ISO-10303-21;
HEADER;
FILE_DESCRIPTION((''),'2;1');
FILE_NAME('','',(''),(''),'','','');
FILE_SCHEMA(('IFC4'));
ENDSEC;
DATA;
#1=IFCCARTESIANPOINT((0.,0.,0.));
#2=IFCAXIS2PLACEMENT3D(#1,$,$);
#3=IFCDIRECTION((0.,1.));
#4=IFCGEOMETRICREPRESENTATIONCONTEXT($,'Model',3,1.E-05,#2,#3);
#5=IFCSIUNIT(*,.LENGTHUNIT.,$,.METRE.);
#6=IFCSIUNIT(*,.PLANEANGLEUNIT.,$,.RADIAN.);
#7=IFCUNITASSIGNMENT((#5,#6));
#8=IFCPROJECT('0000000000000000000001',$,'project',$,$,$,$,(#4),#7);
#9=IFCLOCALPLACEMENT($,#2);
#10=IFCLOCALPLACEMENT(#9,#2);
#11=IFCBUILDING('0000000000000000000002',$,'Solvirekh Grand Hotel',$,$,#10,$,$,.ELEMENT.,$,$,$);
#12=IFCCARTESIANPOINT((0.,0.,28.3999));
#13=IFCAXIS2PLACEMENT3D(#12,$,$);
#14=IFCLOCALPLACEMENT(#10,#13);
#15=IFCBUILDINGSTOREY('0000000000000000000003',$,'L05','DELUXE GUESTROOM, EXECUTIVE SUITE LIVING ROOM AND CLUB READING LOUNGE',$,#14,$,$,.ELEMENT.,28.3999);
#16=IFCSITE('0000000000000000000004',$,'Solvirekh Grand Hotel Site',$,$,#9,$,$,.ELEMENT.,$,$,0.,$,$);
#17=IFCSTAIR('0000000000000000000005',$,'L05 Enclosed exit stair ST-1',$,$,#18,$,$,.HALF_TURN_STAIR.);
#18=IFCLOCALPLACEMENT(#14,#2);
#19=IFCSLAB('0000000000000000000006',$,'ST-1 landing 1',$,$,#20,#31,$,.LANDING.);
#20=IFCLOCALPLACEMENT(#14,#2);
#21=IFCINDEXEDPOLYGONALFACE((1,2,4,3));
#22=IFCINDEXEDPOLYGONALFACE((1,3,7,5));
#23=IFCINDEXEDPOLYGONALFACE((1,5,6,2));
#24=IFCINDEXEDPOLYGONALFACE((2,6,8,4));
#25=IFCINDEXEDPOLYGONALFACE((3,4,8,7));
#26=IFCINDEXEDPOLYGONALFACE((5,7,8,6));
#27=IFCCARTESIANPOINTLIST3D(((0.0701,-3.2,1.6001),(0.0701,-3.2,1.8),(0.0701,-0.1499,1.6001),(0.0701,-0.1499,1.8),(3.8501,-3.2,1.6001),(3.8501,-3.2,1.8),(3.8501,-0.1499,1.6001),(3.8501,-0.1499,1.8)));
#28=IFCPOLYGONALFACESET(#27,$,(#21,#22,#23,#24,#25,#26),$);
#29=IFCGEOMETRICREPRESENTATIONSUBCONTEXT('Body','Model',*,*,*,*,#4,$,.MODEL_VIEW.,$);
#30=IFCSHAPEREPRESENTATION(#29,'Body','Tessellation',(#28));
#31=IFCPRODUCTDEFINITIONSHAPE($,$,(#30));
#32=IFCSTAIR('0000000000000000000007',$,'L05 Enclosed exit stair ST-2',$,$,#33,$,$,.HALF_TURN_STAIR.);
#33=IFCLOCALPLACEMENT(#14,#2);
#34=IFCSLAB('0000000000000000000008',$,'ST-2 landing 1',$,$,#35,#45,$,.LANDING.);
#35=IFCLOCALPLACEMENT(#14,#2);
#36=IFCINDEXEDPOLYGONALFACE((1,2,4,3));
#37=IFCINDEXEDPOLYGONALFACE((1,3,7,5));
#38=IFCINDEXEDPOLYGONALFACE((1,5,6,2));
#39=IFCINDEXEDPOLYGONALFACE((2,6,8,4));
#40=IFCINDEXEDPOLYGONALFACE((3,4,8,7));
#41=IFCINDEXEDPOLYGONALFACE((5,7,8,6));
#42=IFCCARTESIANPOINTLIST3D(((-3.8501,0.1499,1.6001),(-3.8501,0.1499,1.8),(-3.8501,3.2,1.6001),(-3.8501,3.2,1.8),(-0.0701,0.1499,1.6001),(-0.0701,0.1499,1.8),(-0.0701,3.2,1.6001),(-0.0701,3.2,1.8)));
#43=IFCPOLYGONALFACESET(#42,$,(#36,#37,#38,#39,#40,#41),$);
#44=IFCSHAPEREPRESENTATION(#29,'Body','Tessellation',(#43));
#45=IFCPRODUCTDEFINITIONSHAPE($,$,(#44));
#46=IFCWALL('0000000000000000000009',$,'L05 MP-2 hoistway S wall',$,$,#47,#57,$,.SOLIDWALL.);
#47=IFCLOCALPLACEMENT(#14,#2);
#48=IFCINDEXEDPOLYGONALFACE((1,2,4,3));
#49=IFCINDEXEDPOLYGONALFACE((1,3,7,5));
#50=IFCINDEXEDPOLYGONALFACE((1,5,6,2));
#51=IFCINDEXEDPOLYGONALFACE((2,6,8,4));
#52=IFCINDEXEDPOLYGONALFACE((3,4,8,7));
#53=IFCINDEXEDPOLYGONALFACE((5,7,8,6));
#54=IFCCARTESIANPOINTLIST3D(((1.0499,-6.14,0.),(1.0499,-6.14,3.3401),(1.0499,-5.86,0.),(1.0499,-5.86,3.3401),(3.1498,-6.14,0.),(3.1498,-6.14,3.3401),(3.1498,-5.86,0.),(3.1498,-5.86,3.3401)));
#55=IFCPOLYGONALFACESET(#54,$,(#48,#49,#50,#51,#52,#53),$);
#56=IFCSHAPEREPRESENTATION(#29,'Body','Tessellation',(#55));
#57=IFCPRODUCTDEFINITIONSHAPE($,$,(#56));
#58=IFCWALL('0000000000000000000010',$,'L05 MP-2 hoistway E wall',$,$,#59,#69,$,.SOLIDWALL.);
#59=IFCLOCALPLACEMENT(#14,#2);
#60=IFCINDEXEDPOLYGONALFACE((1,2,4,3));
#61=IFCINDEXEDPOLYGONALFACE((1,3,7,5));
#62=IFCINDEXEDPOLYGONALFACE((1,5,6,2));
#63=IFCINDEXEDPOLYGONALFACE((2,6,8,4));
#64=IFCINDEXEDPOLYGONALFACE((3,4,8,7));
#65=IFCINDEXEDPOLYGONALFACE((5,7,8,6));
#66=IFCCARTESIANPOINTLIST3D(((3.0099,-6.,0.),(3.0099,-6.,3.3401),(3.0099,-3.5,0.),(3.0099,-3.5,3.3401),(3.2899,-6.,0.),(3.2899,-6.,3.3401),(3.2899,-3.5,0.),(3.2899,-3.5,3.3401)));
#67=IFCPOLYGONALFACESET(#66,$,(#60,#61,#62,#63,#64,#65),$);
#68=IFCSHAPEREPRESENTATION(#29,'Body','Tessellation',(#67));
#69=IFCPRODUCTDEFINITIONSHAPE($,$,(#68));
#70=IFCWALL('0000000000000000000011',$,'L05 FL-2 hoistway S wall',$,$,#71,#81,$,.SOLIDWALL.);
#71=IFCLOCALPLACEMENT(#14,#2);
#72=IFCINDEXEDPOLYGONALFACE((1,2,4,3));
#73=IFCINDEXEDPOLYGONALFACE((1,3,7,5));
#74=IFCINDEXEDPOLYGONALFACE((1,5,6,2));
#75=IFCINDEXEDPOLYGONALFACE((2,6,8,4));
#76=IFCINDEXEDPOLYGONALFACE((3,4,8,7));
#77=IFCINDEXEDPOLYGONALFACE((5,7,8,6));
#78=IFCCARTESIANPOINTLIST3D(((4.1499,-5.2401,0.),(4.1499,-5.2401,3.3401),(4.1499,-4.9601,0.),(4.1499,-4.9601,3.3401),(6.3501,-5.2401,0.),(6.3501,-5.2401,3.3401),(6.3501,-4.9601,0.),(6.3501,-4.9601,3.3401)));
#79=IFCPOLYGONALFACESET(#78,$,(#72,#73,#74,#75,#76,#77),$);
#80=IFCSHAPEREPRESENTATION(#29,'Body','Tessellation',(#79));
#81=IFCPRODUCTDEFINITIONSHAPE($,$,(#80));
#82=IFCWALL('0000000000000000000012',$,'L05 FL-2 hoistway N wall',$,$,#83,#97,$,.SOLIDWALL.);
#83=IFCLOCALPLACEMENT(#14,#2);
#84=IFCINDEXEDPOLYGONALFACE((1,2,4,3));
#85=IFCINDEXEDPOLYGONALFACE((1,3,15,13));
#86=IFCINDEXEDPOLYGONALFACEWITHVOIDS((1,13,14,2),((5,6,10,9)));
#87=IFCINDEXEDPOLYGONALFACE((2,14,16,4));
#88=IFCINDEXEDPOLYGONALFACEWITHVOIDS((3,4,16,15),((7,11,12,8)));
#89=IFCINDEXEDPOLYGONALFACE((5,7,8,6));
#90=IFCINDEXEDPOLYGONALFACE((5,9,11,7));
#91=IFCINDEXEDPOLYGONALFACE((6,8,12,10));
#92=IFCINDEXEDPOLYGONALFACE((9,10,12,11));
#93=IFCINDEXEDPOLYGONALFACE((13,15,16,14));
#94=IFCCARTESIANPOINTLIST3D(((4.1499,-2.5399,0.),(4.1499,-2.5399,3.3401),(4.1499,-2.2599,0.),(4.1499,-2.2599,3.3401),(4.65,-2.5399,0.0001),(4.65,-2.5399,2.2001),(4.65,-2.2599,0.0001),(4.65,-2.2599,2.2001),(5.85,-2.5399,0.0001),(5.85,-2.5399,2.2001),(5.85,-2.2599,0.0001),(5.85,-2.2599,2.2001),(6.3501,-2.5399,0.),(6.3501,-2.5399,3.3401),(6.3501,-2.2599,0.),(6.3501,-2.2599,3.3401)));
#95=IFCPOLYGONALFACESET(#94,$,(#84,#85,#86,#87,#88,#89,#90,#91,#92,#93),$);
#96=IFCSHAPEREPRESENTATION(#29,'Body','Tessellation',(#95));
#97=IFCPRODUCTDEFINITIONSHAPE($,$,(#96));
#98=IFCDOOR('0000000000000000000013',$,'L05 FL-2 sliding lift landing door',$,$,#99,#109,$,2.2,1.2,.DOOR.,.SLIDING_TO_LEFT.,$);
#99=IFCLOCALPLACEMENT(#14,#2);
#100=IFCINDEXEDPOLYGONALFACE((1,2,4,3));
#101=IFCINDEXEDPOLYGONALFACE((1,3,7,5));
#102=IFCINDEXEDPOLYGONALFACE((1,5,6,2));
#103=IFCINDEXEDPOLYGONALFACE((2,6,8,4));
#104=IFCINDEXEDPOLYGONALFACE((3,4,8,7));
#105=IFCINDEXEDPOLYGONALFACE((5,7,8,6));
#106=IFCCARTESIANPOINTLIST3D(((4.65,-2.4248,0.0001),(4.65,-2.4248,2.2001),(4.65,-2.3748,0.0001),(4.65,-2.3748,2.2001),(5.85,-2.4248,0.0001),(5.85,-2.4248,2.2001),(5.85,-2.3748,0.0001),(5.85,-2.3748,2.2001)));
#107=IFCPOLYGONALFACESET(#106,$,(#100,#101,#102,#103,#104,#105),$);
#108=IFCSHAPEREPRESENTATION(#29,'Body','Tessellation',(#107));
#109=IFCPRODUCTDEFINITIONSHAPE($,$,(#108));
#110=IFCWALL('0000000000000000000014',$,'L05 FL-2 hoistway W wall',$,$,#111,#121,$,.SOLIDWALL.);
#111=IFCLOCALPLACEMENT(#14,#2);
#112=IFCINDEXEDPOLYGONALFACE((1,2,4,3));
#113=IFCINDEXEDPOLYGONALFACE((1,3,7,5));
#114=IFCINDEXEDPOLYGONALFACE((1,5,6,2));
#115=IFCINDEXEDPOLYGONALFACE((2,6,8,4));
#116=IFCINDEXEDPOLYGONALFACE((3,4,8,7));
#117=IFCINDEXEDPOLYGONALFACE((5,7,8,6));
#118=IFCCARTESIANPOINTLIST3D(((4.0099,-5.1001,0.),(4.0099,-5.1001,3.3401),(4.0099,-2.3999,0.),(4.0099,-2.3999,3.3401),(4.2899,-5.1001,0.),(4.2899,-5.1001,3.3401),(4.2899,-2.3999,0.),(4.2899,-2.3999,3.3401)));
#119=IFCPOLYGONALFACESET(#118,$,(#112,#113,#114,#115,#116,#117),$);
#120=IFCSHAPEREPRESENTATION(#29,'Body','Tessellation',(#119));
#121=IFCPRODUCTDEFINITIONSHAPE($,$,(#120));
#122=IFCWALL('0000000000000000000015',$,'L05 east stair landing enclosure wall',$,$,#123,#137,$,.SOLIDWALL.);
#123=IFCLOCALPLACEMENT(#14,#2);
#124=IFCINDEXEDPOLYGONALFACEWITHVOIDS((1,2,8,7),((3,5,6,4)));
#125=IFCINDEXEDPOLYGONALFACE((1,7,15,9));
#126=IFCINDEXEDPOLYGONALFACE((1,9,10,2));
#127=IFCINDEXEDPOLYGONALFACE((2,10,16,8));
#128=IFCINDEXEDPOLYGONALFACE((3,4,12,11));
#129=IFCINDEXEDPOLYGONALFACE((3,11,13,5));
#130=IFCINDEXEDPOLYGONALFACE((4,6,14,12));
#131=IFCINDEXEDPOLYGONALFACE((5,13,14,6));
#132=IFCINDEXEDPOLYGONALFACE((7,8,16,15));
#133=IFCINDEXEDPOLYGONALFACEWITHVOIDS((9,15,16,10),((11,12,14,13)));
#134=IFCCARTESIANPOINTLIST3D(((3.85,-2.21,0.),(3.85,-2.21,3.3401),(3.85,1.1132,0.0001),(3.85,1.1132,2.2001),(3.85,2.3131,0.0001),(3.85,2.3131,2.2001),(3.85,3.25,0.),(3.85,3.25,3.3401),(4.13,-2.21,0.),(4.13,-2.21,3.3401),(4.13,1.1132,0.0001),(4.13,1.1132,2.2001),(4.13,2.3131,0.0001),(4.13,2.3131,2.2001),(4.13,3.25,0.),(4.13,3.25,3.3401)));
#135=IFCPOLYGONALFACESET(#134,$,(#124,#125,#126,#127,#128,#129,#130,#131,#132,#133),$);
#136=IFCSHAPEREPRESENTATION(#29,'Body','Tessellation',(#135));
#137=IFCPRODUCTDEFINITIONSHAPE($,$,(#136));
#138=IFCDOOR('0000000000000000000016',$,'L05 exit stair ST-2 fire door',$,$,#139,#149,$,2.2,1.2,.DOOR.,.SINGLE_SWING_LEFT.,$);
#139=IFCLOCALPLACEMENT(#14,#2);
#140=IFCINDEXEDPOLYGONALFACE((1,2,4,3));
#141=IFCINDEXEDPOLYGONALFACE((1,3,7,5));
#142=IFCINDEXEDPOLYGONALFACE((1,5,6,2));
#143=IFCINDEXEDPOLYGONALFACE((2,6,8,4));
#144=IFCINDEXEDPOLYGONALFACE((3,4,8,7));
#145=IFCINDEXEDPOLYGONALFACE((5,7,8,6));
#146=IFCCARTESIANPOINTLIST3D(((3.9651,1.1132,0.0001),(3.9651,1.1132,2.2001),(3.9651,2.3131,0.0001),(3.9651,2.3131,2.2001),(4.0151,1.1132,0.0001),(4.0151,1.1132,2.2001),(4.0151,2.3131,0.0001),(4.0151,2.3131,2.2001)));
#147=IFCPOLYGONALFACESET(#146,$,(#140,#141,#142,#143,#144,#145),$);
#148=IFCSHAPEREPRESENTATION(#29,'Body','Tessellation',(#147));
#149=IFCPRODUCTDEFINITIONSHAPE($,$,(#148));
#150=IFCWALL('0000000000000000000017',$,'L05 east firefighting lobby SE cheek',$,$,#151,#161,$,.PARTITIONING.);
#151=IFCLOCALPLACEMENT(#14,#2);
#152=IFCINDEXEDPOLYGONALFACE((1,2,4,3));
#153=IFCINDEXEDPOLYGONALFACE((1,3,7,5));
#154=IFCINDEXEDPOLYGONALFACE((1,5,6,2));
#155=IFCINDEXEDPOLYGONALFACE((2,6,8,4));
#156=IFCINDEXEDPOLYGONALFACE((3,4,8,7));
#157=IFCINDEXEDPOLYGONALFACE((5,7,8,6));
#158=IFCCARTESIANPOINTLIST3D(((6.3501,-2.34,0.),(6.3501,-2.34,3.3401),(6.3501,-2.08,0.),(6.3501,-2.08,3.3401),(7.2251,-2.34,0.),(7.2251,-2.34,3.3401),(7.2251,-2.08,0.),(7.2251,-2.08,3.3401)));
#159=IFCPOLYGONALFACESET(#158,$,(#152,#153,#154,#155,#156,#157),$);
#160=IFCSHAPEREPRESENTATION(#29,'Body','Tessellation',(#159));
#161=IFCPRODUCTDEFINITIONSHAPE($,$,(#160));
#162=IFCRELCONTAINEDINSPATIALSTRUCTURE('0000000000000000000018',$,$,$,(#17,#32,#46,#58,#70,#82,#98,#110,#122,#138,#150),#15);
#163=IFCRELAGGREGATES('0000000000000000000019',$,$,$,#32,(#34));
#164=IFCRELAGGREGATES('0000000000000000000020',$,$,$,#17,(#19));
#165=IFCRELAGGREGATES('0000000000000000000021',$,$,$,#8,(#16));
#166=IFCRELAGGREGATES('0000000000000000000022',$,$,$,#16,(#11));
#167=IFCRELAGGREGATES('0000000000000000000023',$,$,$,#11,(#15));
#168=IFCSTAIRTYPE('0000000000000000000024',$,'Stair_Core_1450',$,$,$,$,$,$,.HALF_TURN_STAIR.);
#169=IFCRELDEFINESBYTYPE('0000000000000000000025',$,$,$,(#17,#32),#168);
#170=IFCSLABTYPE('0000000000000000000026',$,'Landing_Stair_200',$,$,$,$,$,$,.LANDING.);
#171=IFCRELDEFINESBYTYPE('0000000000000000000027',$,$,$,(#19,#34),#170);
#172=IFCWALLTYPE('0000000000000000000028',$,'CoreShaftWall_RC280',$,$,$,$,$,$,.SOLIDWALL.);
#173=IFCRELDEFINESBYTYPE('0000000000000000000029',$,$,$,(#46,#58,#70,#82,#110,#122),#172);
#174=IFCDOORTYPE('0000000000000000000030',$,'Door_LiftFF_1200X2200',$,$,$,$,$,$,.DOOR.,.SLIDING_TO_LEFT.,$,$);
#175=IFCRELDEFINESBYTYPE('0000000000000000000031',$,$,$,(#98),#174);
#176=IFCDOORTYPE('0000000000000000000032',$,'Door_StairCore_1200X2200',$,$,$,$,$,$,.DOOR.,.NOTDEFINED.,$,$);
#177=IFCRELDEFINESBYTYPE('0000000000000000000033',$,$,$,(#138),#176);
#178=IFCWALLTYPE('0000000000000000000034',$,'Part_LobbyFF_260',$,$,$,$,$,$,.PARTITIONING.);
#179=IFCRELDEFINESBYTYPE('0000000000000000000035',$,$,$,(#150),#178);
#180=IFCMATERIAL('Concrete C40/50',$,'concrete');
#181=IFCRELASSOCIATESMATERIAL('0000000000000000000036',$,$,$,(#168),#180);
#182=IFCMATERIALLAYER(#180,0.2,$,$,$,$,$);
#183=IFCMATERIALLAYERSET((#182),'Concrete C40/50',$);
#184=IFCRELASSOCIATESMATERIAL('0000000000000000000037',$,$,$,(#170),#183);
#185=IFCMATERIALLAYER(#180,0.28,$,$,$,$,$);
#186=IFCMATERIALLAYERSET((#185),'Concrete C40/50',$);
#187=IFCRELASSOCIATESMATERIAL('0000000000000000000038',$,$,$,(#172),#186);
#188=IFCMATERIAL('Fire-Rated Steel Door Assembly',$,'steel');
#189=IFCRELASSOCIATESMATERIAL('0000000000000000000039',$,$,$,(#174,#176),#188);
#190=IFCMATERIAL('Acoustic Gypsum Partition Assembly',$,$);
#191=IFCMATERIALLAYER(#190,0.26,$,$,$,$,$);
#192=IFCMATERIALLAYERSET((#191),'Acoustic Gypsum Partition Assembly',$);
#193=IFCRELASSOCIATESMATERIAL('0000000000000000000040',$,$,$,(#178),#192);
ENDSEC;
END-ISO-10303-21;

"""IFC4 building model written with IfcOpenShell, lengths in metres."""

from ifc_helpers import new_model, si_unit, direction, frame, frame_2d, origin, place, context, subcontext, project, spatial, polyline, rectangle, outline, extrude, material, layer, layer_set, type_object, element, fill, aggregate, save


model = new_model("IFC4")

# Units and contexts
model_context = context("Model", 3, precision=1e-05, world=origin(), true_north=direction((0.0, 1.0)))
body_context = subcontext(model_context, "Body", "Model", "MODEL_VIEW")
ifc_project = project(units=[si_unit("LENGTHUNIT", "METRE"), si_unit("PLANEANGLEUNIT", "RADIAN")], contexts=[model_context])

# Site, building, storey
site_placement = place(None, origin())
site = spatial("IfcSite", under=ifc_project, at=site_placement, Name="Solvirekh Grand Hotel Site", CompositionType="ELEMENT", RefElevation=0.0)
building_placement = place(site_placement, origin())
building = spatial("IfcBuilding", under=site, at=building_placement, Name="Solvirekh Grand Hotel", CompositionType="ELEMENT")
storey_placement = place(building_placement, frame((0.0, 0.0, 28.3999)))
storey = spatial("IfcBuildingStorey", under=building, at=storey_placement, Name="L05", Description="DELUXE GUESTROOM, EXECUTIVE SUITE LIVING ROOM AND CLUB READING LOUNGE", CompositionType="ELEMENT", Elevation=28.3999)

# Stairs, slabs
ifc_material_1 = material(Name="Concrete C40/50", Category="concrete")
stair_type = type_object("IfcStairType", Name="Stair_Core_1450", PredefinedType="HALF_TURN_STAIR", material=ifc_material_1)
stair_1_placement = place(storey_placement, origin())
stair_1 = element("IfcStair", 1, at=stair_1_placement, inside=storey, type_object=stair_type, Name="L05 Enclosed exit stair ST-1", PredefinedType="HALF_TURN_STAIR")
ifc_layer_1 = layer(ifc_material_1, 0.2)
ifc_layer_set_1 = layer_set([ifc_layer_1], Name="Concrete C40/50")
slab_type = type_object("IfcSlabType", Name="Landing_Stair_200", PredefinedType="LANDING", material=ifc_layer_set_1)
slab_1_placement = place(storey_placement, frame((0.0, 0.0, 1.6001)))
slab_1 = element("IfcSlab", 2, at=slab_1_placement, type_object=slab_type, Name="ST-1 landing 1", PredefinedType="LANDING", context=body_context, shape_type="SweptSolid", body=[
    extrude(outline(polyline([(0.0701, -3.2), (3.8501, -3.2), (3.8501, -0.1499), (0.0701, -0.1499), (0.0701, -3.2)])), origin(), (0.0, 0.0, 1.0), 0.2),
])
stair_2_placement = place(storey_placement, origin())
stair_2 = element("IfcStair", 3, at=stair_2_placement, inside=storey, type_object=stair_type, Name="L05 Enclosed exit stair ST-2", PredefinedType="HALF_TURN_STAIR")
slab_2_placement = place(storey_placement, frame((0.0, 0.0, 1.6001)))
slab_2 = element("IfcSlab", 4, at=slab_2_placement, type_object=slab_type, Name="ST-2 landing 1", PredefinedType="LANDING", context=body_context, shape_type="SweptSolid", body=[
    extrude(outline(polyline([(-0.0701, 3.2), (-3.8501, 3.2), (-3.8501, 0.1499), (-0.0701, 0.1499), (-0.0701, 3.2)])), origin(), (0.0, 0.0, 1.0), 0.2),
])
aggregate(stair_2, [slab_2])

# Walls
ifc_layer_2 = layer(ifc_material_1, 0.28)
ifc_layer_set_2 = layer_set([ifc_layer_2], Name="Concrete C40/50")
wall_type_1 = type_object("IfcWallType", Name="CoreShaftWall_RC280", PredefinedType="SOLIDWALL", material=ifc_layer_set_2)
wall_1_placement = place(storey_placement, frame((1.05, -6.0, 0.0), z_axis=(0.0, 0.0, 1.0), x_axis=(1.0, 0.0, 0.0)))
element("IfcWall", 5, at=wall_1_placement, inside=storey, type_object=wall_type_1, Name="L05 MP-2 hoistway S wall", PredefinedType="SOLIDWALL", context=body_context, shape_type="SweptSolid", body=[
    extrude(rectangle(XDim=2.0999, YDim=0.28, at=frame_2d((1.0498, 0.0))), origin(), (0.0, 0.0, 1.0), 3.3401),
])
wall_2_placement = place(storey_placement, frame((3.1499, -6.0, 0.0), z_axis=(0.0, 0.0, 1.0), x_axis=(0.0, 1.0, 0.0)))
element("IfcWall", 6, at=wall_2_placement, inside=storey, type_object=wall_type_1, Name="L05 MP-2 hoistway E wall", PredefinedType="SOLIDWALL", context=body_context, shape_type="SweptSolid", body=[
    extrude(rectangle(XDim=2.5, YDim=0.28, at=frame_2d((1.25, 0.0))), origin(), (0.0, 0.0, 1.0), 3.3401),
])
wall_3_placement = place(storey_placement, frame((4.1499, -5.1001, 0.0), z_axis=(0.0, 0.0, 1.0), x_axis=(1.0, 0.0, 0.0)))
element("IfcWall", 7, at=wall_3_placement, inside=storey, type_object=wall_type_1, Name="L05 FL-2 hoistway S wall", PredefinedType="SOLIDWALL", context=body_context, shape_type="SweptSolid", body=[
    extrude(rectangle(XDim=2.2002, YDim=0.28, at=frame_2d((1.1001, 0.0))), origin(), (0.0, 0.0, 1.0), 3.3401),
])

# Wall, opening, door
wall_4_placement = place(storey_placement, frame((6.3501, -2.3999, 0.0), z_axis=(0.0, 0.0, 1.0), x_axis=(-1.0, 0.0, 0.0)))
wall_4 = element("IfcWall", 8, at=wall_4_placement, inside=storey, type_object=wall_type_1, Name="L05 FL-2 hoistway N wall", PredefinedType="SOLIDWALL", context=body_context, shape_type="SweptSolid", body=[
    extrude(rectangle(XDim=2.2002, YDim=0.28, at=frame_2d((1.1001, 0.0))), origin(), (0.0, 0.0, 1.0), 3.3401),
])
opening_1_placement = place(wall_4_placement, frame((0.5, 0.0, 0.0)))
opening_1 = element("IfcOpeningElement", 9, at=opening_1_placement, cuts=wall_4, PredefinedType="OPENING", context=body_context, shape_type="SweptSolid", body=[
    extrude(rectangle(XDim=1.2, YDim=2.2, at=frame_2d((0.6001, 1.1001))), frame((0.0, 0.1499, 0.0), z_axis=(0.0, -1.0, 0.0), x_axis=(1.0, 0.0, 0.0)), (0.0, 0.0, 1.0), 0.3),
])
ifc_material_2 = material(Name="Fire-Rated Steel Door Assembly", Category="steel")
door_type_1 = type_object("IfcDoorType", Name="Door_LiftFF_1200X2200", OperationType="SLIDING_TO_LEFT", PredefinedType="DOOR", material=ifc_material_2)
door_1_placement = place(opening_1_placement, origin())
door_1 = element("IfcDoor", 10, at=door_1_placement, inside=storey, type_object=door_type_1, Name="L05 FL-2 sliding lift landing door", OperationType="SLIDING_TO_LEFT", OverallHeight=2.2, OverallWidth=1.2, PredefinedType="DOOR", context=body_context, shape_type="SweptSolid", body=[
    extrude(rectangle(XDim=1.2, YDim=2.2, at=frame_2d((0.6001, 1.1001))), frame((0.0, 0.0249, 0.0), z_axis=(0.0, -1.0, 0.0), x_axis=(1.0, 0.0, 0.0)), (0.0, 0.0, 1.0), 0.05),
])
fill(opening_1, door_1)

# Wall
wall_5_placement = place(storey_placement, frame((4.1499, -2.3999, 0.0), z_axis=(0.0, 0.0, 1.0), x_axis=(0.0, -1.0, 0.0)))
element("IfcWall", 11, at=wall_5_placement, inside=storey, type_object=wall_type_1, Name="L05 FL-2 hoistway W wall", PredefinedType="SOLIDWALL", context=body_context, shape_type="SweptSolid", body=[
    extrude(rectangle(XDim=2.7002, YDim=0.28, at=frame_2d((1.3501, 0.0))), origin(), (0.0, 0.0, 1.0), 3.3401),
])

# Wall, opening, door
wall_6_placement = place(storey_placement, frame((3.99, -2.21, 0.0), z_axis=(0.0, 0.0, 1.0), x_axis=(0.0, 1.0, 0.0)))
wall_6 = element("IfcWall", 12, at=wall_6_placement, inside=storey, type_object=wall_type_1, Name="L05 east stair landing enclosure wall", PredefinedType="SOLIDWALL", context=body_context, shape_type="SweptSolid", body=[
    extrude(rectangle(XDim=5.46, YDim=0.28, at=frame_2d((2.73, 0.0))), origin(), (0.0, 0.0, 1.0), 3.3401),
])
opening_2_placement = place(wall_6_placement, frame((3.323, 0.0, 0.0)))
opening_2 = element("IfcOpeningElement", 13, at=opening_2_placement, cuts=wall_6, PredefinedType="OPENING", context=body_context, shape_type="SweptSolid", body=[
    extrude(rectangle(XDim=1.2, YDim=2.2, at=frame_2d((0.6001, 1.1001))), frame((0.0, 0.1499, 0.0), z_axis=(0.0, -1.0, 0.0), x_axis=(1.0, 0.0, 0.0)), (0.0, 0.0, 1.0), 0.3),
])
door_type_2 = type_object("IfcDoorType", Name="Door_StairCore_1200X2200", OperationType="NOTDEFINED", PredefinedType="DOOR", material=ifc_material_2)
door_2_placement = place(opening_2_placement, origin())
door_2 = element("IfcDoor", 14, at=door_2_placement, inside=storey, type_object=door_type_2, Name="L05 exit stair ST-2 fire door", OperationType="SINGLE_SWING_LEFT", OverallHeight=2.2, OverallWidth=1.2, PredefinedType="DOOR", context=body_context, shape_type="SweptSolid", body=[
    extrude(rectangle(XDim=1.2, YDim=2.2, at=frame_2d((0.6001, 1.1001))), frame((0.0, 0.0249, 0.0), z_axis=(0.0, -1.0, 0.0), x_axis=(1.0, 0.0, 0.0)), (0.0, 0.0, 1.0), 0.05),
])
fill(opening_2, door_2)

# Wall
ifc_material_3 = material(Name="Acoustic Gypsum Partition Assembly")
ifc_layer_3 = layer(ifc_material_3, 0.26)
ifc_layer_set_3 = layer_set([ifc_layer_3], Name="Acoustic Gypsum Partition Assembly")
wall_type_2 = type_object("IfcWallType", Name="Part_LobbyFF_260", PredefinedType="PARTITIONING", material=ifc_layer_set_3)
wall_7_placement = place(storey_placement, frame((6.3501, -2.21, 0.0), z_axis=(0.0, 0.0, 1.0), x_axis=(1.0, 0.0, 0.0)))
element("IfcWall", 15, at=wall_7_placement, inside=storey, type_object=wall_type_2, Name="L05 east firefighting lobby SE cheek", PredefinedType="PARTITIONING", context=body_context, shape_type="SweptSolid", body=[
    extrude(rectangle(XDim=0.875, YDim=0.26, at=frame_2d((0.4375, 0.0))), origin(), (0.0, 0.0, 1.0), 3.3401),
])

aggregate(stair_1, [slab_1])

save(model, "model.ifc")
